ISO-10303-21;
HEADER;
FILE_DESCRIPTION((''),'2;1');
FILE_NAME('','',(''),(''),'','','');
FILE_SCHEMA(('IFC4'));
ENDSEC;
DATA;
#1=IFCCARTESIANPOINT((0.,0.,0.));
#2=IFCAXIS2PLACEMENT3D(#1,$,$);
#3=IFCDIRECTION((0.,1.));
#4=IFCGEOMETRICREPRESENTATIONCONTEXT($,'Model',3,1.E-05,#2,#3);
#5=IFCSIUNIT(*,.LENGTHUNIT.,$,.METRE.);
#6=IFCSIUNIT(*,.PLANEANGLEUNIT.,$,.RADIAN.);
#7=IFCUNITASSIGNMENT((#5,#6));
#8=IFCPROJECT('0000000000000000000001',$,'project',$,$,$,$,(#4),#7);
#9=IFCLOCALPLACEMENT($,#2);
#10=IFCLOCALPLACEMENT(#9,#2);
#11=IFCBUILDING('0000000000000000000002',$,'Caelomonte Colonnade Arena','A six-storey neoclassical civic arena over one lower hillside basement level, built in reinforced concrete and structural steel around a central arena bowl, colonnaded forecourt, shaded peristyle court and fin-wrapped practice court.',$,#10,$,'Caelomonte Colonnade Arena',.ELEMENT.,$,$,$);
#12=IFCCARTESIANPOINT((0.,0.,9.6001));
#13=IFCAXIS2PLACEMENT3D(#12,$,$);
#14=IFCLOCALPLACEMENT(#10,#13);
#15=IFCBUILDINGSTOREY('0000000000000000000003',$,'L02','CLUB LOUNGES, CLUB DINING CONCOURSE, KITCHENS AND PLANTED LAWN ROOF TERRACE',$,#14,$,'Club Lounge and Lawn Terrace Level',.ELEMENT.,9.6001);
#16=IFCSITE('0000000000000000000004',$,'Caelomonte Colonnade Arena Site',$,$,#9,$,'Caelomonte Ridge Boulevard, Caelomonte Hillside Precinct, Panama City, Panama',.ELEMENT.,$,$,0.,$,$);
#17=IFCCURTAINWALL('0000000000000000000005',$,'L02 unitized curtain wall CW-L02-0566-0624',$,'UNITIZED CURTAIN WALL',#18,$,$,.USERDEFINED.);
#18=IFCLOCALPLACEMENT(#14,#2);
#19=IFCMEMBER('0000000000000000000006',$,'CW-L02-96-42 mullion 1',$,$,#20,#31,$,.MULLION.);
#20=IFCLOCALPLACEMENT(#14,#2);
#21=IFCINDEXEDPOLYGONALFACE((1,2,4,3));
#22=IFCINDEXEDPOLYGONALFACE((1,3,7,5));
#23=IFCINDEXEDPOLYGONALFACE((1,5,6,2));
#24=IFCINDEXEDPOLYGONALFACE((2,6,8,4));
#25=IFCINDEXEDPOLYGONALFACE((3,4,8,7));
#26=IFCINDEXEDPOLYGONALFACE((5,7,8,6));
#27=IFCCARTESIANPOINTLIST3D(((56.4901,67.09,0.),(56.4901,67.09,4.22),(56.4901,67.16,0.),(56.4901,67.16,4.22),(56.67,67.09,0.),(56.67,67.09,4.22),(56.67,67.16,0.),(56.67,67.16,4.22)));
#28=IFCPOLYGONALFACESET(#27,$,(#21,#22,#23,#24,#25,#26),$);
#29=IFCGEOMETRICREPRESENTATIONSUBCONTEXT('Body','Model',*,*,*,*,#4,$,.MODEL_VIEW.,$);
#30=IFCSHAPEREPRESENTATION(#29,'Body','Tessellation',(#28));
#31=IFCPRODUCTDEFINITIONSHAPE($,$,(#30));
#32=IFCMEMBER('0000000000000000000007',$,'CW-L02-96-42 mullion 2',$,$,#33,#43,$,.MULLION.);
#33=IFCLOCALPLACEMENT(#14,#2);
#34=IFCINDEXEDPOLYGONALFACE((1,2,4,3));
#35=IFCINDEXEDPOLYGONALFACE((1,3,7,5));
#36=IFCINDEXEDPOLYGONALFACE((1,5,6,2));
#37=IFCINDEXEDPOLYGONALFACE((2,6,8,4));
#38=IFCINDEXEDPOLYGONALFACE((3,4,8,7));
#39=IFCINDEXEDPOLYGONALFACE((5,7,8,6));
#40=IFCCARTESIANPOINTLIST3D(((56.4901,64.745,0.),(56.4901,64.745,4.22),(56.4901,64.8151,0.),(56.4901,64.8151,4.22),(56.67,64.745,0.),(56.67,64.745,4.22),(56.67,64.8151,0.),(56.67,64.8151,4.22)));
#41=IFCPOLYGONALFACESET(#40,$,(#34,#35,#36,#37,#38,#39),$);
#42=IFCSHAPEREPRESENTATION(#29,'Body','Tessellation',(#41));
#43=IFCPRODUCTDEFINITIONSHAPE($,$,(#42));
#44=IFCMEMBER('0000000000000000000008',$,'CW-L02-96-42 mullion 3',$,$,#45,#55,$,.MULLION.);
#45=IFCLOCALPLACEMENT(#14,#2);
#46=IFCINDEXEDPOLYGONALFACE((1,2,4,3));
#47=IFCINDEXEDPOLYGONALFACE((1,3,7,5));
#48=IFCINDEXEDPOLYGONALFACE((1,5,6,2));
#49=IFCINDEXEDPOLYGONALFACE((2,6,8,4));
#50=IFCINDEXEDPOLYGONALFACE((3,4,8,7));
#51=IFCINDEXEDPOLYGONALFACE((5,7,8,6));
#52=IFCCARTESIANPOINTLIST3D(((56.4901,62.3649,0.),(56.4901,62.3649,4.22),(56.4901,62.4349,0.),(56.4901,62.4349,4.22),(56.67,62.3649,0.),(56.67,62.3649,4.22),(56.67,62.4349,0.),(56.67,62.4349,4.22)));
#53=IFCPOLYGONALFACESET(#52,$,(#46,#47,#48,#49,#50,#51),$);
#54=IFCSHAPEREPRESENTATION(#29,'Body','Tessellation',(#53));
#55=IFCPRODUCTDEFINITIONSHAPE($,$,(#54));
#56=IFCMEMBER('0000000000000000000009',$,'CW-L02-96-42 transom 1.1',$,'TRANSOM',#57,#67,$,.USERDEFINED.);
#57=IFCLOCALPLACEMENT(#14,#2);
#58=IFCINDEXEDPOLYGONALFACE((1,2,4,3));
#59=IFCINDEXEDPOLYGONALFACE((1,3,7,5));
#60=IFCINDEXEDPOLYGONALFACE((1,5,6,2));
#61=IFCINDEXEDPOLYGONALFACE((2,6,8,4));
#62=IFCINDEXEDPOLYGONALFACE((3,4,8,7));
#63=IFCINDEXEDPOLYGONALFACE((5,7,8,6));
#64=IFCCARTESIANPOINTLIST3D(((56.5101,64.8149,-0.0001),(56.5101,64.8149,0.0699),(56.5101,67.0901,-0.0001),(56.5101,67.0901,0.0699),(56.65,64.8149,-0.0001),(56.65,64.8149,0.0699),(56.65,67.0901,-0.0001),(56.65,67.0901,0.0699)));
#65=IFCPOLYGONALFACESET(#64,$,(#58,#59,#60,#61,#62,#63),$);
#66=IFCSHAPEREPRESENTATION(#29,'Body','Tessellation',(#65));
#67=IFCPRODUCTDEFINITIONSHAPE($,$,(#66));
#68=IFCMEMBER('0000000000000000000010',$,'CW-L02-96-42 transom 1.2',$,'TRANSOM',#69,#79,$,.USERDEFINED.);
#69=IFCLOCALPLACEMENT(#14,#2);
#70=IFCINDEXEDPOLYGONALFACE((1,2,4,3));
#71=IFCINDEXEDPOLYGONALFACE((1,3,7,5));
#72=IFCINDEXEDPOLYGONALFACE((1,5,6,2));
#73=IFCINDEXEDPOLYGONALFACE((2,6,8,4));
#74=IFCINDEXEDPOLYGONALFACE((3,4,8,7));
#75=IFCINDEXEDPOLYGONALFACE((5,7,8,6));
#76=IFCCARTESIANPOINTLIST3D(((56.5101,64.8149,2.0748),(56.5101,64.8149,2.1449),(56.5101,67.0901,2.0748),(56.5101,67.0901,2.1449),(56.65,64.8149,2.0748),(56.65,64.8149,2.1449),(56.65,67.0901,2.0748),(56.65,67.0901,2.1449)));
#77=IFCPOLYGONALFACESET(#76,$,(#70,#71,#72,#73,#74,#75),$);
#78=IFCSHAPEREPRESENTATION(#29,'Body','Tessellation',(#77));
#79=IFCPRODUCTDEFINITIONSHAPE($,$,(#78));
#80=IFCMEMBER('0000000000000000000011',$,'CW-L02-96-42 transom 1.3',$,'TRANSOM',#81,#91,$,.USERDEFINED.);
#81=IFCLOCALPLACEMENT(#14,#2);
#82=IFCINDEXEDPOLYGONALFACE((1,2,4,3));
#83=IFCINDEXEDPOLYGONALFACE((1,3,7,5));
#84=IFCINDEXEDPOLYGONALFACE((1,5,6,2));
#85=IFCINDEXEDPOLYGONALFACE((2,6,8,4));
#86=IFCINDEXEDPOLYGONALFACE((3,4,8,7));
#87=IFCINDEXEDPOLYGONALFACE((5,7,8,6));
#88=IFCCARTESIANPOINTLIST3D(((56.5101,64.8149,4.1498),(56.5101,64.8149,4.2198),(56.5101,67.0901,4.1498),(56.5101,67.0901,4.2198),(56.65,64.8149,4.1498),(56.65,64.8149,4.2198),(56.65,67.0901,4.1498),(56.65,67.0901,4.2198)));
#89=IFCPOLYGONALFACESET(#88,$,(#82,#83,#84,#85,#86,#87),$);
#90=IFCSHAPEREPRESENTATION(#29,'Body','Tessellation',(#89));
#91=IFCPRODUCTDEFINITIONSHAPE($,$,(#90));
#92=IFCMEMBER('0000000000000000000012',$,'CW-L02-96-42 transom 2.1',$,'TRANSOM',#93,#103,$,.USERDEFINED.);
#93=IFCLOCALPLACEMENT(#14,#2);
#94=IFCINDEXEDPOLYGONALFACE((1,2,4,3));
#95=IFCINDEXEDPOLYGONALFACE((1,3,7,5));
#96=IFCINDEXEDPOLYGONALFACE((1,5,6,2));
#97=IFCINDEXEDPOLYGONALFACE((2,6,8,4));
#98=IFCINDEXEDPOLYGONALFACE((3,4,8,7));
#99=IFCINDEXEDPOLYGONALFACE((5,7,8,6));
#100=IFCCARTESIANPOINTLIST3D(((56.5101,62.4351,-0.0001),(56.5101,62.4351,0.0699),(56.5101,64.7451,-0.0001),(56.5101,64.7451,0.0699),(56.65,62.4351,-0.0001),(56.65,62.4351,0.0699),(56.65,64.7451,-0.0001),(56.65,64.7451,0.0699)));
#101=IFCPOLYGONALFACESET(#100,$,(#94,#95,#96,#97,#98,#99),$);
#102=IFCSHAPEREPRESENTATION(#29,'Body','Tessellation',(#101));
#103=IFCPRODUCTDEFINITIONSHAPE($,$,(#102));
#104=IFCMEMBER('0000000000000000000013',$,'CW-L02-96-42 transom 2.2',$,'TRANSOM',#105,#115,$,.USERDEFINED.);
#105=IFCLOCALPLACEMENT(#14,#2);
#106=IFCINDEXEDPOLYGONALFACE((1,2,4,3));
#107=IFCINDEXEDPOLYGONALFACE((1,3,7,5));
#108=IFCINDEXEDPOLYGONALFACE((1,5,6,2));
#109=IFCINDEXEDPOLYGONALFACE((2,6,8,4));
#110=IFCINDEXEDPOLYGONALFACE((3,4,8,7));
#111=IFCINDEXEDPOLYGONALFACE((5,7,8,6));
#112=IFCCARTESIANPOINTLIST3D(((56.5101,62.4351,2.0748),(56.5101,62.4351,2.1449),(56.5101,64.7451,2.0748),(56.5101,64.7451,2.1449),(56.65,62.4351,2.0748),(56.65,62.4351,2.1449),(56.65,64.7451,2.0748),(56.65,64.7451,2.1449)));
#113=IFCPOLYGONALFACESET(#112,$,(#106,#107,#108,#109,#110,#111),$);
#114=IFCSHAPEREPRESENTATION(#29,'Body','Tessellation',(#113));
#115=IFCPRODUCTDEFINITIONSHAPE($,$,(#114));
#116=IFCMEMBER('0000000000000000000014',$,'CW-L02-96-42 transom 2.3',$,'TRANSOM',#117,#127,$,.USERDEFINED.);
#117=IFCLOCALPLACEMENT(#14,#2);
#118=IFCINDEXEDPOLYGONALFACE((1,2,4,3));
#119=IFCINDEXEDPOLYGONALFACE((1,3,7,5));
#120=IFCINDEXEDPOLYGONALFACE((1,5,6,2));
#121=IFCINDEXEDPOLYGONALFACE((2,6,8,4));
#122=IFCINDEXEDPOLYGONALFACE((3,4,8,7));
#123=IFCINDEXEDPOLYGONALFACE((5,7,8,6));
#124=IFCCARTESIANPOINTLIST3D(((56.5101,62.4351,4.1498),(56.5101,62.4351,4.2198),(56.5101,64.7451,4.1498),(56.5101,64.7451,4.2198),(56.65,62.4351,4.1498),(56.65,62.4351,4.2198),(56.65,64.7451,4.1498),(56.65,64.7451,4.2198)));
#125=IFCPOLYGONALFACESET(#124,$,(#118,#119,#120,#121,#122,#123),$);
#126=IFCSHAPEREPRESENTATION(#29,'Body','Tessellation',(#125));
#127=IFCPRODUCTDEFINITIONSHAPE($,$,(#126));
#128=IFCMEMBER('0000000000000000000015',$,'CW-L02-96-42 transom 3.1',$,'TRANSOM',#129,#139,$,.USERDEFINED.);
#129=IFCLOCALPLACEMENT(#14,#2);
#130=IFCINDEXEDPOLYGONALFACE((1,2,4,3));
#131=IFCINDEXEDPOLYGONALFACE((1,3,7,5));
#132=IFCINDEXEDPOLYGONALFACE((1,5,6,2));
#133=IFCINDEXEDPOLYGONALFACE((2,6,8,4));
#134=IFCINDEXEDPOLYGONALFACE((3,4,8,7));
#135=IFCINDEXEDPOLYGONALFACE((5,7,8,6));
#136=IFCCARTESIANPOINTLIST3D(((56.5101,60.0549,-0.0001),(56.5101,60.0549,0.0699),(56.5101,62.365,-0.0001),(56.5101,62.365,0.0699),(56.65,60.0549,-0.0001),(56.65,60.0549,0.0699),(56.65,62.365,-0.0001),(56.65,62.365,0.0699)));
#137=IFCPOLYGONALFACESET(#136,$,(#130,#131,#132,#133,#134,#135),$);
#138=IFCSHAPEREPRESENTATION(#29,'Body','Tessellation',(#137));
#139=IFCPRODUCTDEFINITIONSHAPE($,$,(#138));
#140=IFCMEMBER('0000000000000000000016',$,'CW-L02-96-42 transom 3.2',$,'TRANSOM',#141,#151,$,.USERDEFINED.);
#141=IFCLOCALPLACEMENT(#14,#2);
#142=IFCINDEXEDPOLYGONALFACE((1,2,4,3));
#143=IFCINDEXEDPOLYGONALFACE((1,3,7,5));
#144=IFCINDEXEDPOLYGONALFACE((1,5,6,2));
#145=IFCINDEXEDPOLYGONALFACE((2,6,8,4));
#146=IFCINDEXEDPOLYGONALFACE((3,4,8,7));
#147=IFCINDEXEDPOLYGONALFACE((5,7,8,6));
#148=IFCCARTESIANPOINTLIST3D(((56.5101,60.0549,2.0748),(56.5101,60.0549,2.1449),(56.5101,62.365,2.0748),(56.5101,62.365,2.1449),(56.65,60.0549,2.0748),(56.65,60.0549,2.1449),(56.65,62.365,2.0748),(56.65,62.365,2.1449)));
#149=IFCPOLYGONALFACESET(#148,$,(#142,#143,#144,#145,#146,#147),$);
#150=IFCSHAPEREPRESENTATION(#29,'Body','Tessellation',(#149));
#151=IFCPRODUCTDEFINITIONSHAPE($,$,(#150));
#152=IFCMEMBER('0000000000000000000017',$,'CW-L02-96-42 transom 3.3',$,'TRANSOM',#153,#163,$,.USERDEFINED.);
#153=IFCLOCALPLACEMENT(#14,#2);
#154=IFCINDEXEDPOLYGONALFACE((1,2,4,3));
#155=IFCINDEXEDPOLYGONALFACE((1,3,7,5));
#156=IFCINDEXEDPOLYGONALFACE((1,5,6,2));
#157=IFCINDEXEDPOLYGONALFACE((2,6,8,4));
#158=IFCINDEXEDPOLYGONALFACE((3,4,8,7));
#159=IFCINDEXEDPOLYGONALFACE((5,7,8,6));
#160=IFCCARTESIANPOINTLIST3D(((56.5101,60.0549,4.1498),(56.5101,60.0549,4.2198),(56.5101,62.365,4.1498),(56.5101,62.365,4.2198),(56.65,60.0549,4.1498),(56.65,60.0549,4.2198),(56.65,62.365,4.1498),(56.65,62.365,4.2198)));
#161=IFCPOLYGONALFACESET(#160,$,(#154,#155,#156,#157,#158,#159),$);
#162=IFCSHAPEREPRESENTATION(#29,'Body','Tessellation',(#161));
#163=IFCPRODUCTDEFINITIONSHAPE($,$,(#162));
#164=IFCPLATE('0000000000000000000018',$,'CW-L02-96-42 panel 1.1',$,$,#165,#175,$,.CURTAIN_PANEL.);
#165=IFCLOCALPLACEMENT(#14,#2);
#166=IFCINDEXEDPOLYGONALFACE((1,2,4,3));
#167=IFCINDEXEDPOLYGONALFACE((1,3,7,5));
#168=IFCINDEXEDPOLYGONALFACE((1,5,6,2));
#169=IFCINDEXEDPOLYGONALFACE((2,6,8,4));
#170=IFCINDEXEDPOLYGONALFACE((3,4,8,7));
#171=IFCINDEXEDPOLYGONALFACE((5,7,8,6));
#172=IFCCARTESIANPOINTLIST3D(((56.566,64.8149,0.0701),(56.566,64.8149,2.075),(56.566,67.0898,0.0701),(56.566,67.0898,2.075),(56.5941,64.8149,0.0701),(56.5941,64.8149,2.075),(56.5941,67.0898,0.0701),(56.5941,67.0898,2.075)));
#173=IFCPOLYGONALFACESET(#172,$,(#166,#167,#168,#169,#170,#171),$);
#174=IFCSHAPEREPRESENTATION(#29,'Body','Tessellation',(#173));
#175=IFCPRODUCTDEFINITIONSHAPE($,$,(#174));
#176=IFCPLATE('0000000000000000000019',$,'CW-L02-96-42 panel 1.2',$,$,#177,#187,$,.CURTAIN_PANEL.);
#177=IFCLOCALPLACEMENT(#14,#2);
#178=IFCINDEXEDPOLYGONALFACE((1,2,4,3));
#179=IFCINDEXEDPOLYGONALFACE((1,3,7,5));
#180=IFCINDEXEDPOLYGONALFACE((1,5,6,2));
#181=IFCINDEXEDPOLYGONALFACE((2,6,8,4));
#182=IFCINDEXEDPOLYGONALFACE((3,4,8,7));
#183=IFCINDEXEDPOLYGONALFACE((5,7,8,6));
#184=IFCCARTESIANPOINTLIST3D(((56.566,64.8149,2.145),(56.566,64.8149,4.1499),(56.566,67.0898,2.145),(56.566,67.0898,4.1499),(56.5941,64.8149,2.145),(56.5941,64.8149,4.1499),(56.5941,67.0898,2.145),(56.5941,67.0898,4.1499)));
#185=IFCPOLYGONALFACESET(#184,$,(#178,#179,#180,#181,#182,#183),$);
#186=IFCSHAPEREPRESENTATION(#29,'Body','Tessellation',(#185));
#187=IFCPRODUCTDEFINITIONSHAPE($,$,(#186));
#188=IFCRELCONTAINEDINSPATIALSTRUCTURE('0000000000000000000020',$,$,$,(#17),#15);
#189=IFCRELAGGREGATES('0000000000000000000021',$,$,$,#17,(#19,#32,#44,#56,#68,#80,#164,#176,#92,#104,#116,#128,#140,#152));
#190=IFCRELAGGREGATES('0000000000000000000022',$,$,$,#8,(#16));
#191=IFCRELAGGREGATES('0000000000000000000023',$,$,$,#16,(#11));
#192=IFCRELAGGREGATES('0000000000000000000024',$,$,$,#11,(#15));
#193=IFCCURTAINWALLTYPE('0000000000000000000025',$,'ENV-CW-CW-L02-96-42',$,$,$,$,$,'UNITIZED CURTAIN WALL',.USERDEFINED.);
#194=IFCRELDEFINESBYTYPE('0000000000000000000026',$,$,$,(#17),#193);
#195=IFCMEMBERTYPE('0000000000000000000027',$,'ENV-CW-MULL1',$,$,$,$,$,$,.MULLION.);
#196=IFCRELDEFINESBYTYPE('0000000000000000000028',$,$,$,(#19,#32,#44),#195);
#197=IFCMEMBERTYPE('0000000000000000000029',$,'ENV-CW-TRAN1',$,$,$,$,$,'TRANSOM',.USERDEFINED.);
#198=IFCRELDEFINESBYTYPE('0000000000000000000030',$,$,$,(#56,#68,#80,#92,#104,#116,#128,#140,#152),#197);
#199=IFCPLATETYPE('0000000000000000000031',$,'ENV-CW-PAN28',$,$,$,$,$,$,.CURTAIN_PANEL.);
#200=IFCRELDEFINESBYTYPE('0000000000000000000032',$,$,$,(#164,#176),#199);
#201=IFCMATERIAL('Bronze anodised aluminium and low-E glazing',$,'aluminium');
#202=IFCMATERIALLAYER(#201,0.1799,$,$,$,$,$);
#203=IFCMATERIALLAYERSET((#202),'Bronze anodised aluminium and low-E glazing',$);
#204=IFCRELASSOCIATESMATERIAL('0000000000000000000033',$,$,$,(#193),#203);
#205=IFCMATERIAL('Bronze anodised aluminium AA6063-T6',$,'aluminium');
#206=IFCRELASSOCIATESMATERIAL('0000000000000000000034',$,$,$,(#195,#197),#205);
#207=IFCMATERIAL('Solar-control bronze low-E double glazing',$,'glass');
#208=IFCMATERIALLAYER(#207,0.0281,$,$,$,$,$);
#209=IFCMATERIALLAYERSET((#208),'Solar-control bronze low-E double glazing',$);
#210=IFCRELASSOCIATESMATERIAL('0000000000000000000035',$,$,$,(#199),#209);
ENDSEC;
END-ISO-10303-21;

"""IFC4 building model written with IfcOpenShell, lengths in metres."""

from ifc_helpers import new_model, si_unit, direction, frame, origin, origin_2d, place, context, subcontext, project, spatial, rectangle, extrude, material, layer, layer_set, material_profile, profile_set, type_object, element, aggregate, save


model = new_model("IFC4")

# Units and contexts
model_context = context("Model", 3, precision=1e-05, world=origin(), true_north=direction((0.0, 1.0)))
body_context = subcontext(model_context, "Body", "Model", "MODEL_VIEW")
ifc_project = project(units=[si_unit("LENGTHUNIT", "METRE"), si_unit("PLANEANGLEUNIT", "RADIAN")], contexts=[model_context])

# Site, building, storey
site_placement = place(None, origin())
site = spatial("IfcSite", under=ifc_project, at=site_placement, Name="Caelomonte Colonnade Arena Site", LongName="Caelomonte Ridge Boulevard, Caelomonte Hillside Precinct, Panama City, Panama", CompositionType="ELEMENT", RefElevation=0.0)
building_placement = place(site_placement, origin())
building = spatial("IfcBuilding", under=site, at=building_placement, Name="Caelomonte Colonnade Arena", Description="A six-storey neoclassical civic arena over one lower hillside basement level, built in reinforced concrete and structural steel around a central arena bowl, colonnaded forecourt, shaded peristyle court and fin-wrapped practice court.", LongName="Caelomonte Colonnade Arena", CompositionType="ELEMENT")
storey_placement = place(building_placement, frame((0.0, 0.0, 9.6001)))
storey = spatial("IfcBuildingStorey", under=building, at=storey_placement, Name="L02", Description="CLUB LOUNGES, CLUB DINING CONCOURSE, KITCHENS AND PLANTED LAWN ROOF TERRACE", LongName="Club Lounge and Lawn Terrace Level", CompositionType="ELEMENT", Elevation=9.6001)

# Curtain wall, members, plates
ifc_material_1 = material(Name="Bronze anodised aluminium and low-E glazing", Category="aluminium")
ifc_layer_1 = layer(ifc_material_1, 0.1799)
ifc_layer_set_1 = layer_set([ifc_layer_1], Name="Bronze anodised aluminium and low-E glazing")
curtain_wall_type = type_object("IfcCurtainWallType", Name="ENV-CW-CW-L02-96-42", ElementType="UNITIZED CURTAIN WALL", PredefinedType="USERDEFINED", material=ifc_layer_set_1)
curtain_wall_placement = place(storey_placement, origin())
curtain_wall = element("IfcCurtainWall", 1, at=curtain_wall_placement, inside=storey, type_object=curtain_wall_type, Name="L02 unitized curtain wall CW-L02-0566-0624", ObjectType="UNITIZED CURTAIN WALL", PredefinedType="USERDEFINED")
ifc_material_2 = material(Name="Bronze anodised aluminium AA6063-T6", Category="aluminium")
ifc_material_profile_1 = material_profile(ifc_material_2, rectangle(XDim=0.0701, YDim=0.1799, at=origin_2d()), Name="CWM-70X180")
ifc_profile_set_1 = profile_set([ifc_material_profile_1], Name="Bronze anodised aluminium AA6063-T6")
member_type_1 = type_object("IfcMemberType", Name="ENV-CW-MULL1", PredefinedType="MULLION", material=ifc_profile_set_1)
member_1_placement = place(storey_placement, frame((56.5801, 67.125, 0.0), z_axis=(0.0, 0.0, 1.0), x_axis=(0.0, -1.0, 0.0)))
member_1 = element("IfcMember", 2, at=member_1_placement, type_object=member_type_1, Name="CW-L02-96-42 mullion 1", PredefinedType="MULLION", context=body_context, shape_type="SweptSolid", body=[
    extrude(rectangle(XDim=0.0701, YDim=0.1799, at=origin_2d()), origin(), (0.0, 0.0, 1.0), 4.22),
])
member_2_placement = place(storey_placement, frame((56.5801, 64.78, 0.0), z_axis=(0.0, 0.0, 1.0), x_axis=(0.0, -1.0, 0.0)))
member_2 = element("IfcMember", 3, at=member_2_placement, type_object=member_type_1, Name="CW-L02-96-42 mullion 2", PredefinedType="MULLION", context=body_context, shape_type="SweptSolid", body=[
    extrude(rectangle(XDim=0.0701, YDim=0.1799, at=origin_2d()), origin(), (0.0, 0.0, 1.0), 4.22),
])
member_3_placement = place(storey_placement, frame((56.5801, 62.3999, 0.0), z_axis=(0.0, 0.0, 1.0), x_axis=(0.0, -1.0, 0.0)))
member_3 = element("IfcMember", 4, at=member_3_placement, type_object=member_type_1, Name="CW-L02-96-42 mullion 3", PredefinedType="MULLION", context=body_context, shape_type="SweptSolid", body=[
    extrude(rectangle(XDim=0.0701, YDim=0.1799, at=origin_2d()), origin(), (0.0, 0.0, 1.0), 4.22),
])
ifc_material_profile_2 = material_profile(ifc_material_2, rectangle(XDim=0.0701, YDim=0.1399, at=origin_2d()), Name="CWT-70X140")
ifc_profile_set_2 = profile_set([ifc_material_profile_2], Name="Bronze anodised aluminium AA6063-T6")
member_type_2 = type_object("IfcMemberType", Name="ENV-CW-TRAN1", ElementType="TRANSOM", PredefinedType="USERDEFINED", material=ifc_profile_set_2)
member_4_placement = place(storey_placement, frame((56.5801, 67.0901, 0.0349), z_axis=(0.0, -1.0, 0.0), x_axis=(0.0, 0.0, 1.0)))
member_4 = element("IfcMember", 5, at=member_4_placement, type_object=member_type_2, Name="CW-L02-96-42 transom 1.1", ObjectType="TRANSOM", PredefinedType="USERDEFINED", context=body_context, shape_type="SweptSolid", body=[
    extrude(rectangle(XDim=0.0701, YDim=0.1399, at=origin_2d()), origin(), (0.0, 0.0, 1.0), 2.2751),
])
member_5_placement = place(storey_placement, frame((56.5801, 67.0901, 2.1099), z_axis=(0.0, -1.0, 0.0), x_axis=(0.0, 0.0, 1.0)))
member_5 = element("IfcMember", 6, at=member_5_placement, type_object=member_type_2, Name="CW-L02-96-42 transom 1.2", ObjectType="TRANSOM", PredefinedType="USERDEFINED", context=body_context, shape_type="SweptSolid", body=[
    extrude(rectangle(XDim=0.0701, YDim=0.1399, at=origin_2d()), origin(), (0.0, 0.0, 1.0), 2.2751),
])
member_6_placement = place(storey_placement, frame((56.5801, 67.0901, 4.1848), z_axis=(0.0, -1.0, 0.0), x_axis=(0.0, 0.0, 1.0)))
member_6 = element("IfcMember", 7, at=member_6_placement, type_object=member_type_2, Name="CW-L02-96-42 transom 1.3", ObjectType="TRANSOM", PredefinedType="USERDEFINED", context=body_context, shape_type="SweptSolid", body=[
    extrude(rectangle(XDim=0.0701, YDim=0.1399, at=origin_2d()), origin(), (0.0, 0.0, 1.0), 2.2751),
])
member_7_placement = place(storey_placement, frame((56.5801, 64.7451, 0.0349), z_axis=(0.0, -1.0, 0.0), x_axis=(0.0, 0.0, 1.0)))
member_7 = element("IfcMember", 8, at=member_7_placement, type_object=member_type_2, Name="CW-L02-96-42 transom 2.1", ObjectType="TRANSOM", PredefinedType="USERDEFINED", context=body_context, shape_type="SweptSolid", body=[
    extrude(rectangle(XDim=0.0701, YDim=0.1399, at=origin_2d()), origin(), (0.0, 0.0, 1.0), 2.3101),
])
member_8_placement = place(storey_placement, frame((56.5801, 64.7451, 2.1099), z_axis=(0.0, -1.0, 0.0), x_axis=(0.0, 0.0, 1.0)))
member_8 = element("IfcMember", 9, at=member_8_placement, type_object=member_type_2, Name="CW-L02-96-42 transom 2.2", ObjectType="TRANSOM", PredefinedType="USERDEFINED", context=body_context, shape_type="SweptSolid", body=[
    extrude(rectangle(XDim=0.0701, YDim=0.1399, at=origin_2d()), origin(), (0.0, 0.0, 1.0), 2.3101),
])
member_9_placement = place(storey_placement, frame((56.5801, 64.7451, 4.1848), z_axis=(0.0, -1.0, 0.0), x_axis=(0.0, 0.0, 1.0)))
member_9 = element("IfcMember", 10, at=member_9_placement, type_object=member_type_2, Name="CW-L02-96-42 transom 2.3", ObjectType="TRANSOM", PredefinedType="USERDEFINED", context=body_context, shape_type="SweptSolid", body=[
    extrude(rectangle(XDim=0.0701, YDim=0.1399, at=origin_2d()), origin(), (0.0, 0.0, 1.0), 2.3101),
])
member_10_placement = place(storey_placement, frame((56.5801, 62.365, 0.0349), z_axis=(0.0, -1.0, 0.0), x_axis=(0.0, 0.0, 1.0)))
member_10 = element("IfcMember", 11, at=member_10_placement, type_object=member_type_2, Name="CW-L02-96-42 transom 3.1", ObjectType="TRANSOM", PredefinedType="USERDEFINED", context=body_context, shape_type="SweptSolid", body=[
    extrude(rectangle(XDim=0.0701, YDim=0.1399, at=origin_2d()), origin(), (0.0, 0.0, 1.0), 2.3101),
])
member_11_placement = place(storey_placement, frame((56.5801, 62.365, 2.1099), z_axis=(0.0, -1.0, 0.0), x_axis=(0.0, 0.0, 1.0)))
member_11 = element("IfcMember", 12, at=member_11_placement, type_object=member_type_2, Name="CW-L02-96-42 transom 3.2", ObjectType="TRANSOM", PredefinedType="USERDEFINED", context=body_context, shape_type="SweptSolid", body=[
    extrude(rectangle(XDim=0.0701, YDim=0.1399, at=origin_2d()), origin(), (0.0, 0.0, 1.0), 2.3101),
])
member_12_placement = place(storey_placement, frame((56.5801, 62.365, 4.1848), z_axis=(0.0, -1.0, 0.0), x_axis=(0.0, 0.0, 1.0)))
member_12 = element("IfcMember", 13, at=member_12_placement, type_object=member_type_2, Name="CW-L02-96-42 transom 3.3", ObjectType="TRANSOM", PredefinedType="USERDEFINED", context=body_context, shape_type="SweptSolid", body=[
    extrude(rectangle(XDim=0.0701, YDim=0.1399, at=origin_2d()), origin(), (0.0, 0.0, 1.0), 2.3101),
])
ifc_material_3 = material(Name="Solar-control bronze low-E double glazing", Category="glass")
ifc_layer_2 = layer(ifc_material_3, 0.0281)
ifc_layer_set_2 = layer_set([ifc_layer_2], Name="Solar-control bronze low-E double glazing")
plate_type = type_object("IfcPlateType", Name="ENV-CW-PAN28", PredefinedType="CURTAIN_PANEL", material=ifc_layer_set_2)
plate_1_placement = place(storey_placement, frame((56.5801, 65.9524, 0.0701), z_axis=(0.0, 0.0, 1.0), x_axis=(0.0, -1.0, 0.0)))
plate_1 = element("IfcPlate", 14, at=plate_1_placement, type_object=plate_type, Name="CW-L02-96-42 panel 1.1", PredefinedType="CURTAIN_PANEL", context=body_context, shape_type="SweptSolid", body=[
    extrude(rectangle(XDim=2.2749, YDim=0.0281, at=origin_2d()), origin(), (0.0, 0.0, 1.0), 2.0049),
])
plate_2_placement = place(storey_placement, frame((56.5801, 65.9524, 2.145), z_axis=(0.0, 0.0, 1.0), x_axis=(0.0, -1.0, 0.0)))
plate_2 = element("IfcPlate", 15, at=plate_2_placement, type_object=plate_type, Name="CW-L02-96-42 panel 1.2", PredefinedType="CURTAIN_PANEL", context=body_context, shape_type="SweptSolid", body=[
    extrude(rectangle(XDim=2.2749, YDim=0.0281, at=origin_2d()), origin(), (0.0, 0.0, 1.0), 2.0049),
])
aggregate(curtain_wall, [member_1, member_2, member_3, member_4, member_5, member_6, plate_1, plate_2, member_7, member_8, member_9, member_10, member_11, member_12])

save(model, "model.ifc")
